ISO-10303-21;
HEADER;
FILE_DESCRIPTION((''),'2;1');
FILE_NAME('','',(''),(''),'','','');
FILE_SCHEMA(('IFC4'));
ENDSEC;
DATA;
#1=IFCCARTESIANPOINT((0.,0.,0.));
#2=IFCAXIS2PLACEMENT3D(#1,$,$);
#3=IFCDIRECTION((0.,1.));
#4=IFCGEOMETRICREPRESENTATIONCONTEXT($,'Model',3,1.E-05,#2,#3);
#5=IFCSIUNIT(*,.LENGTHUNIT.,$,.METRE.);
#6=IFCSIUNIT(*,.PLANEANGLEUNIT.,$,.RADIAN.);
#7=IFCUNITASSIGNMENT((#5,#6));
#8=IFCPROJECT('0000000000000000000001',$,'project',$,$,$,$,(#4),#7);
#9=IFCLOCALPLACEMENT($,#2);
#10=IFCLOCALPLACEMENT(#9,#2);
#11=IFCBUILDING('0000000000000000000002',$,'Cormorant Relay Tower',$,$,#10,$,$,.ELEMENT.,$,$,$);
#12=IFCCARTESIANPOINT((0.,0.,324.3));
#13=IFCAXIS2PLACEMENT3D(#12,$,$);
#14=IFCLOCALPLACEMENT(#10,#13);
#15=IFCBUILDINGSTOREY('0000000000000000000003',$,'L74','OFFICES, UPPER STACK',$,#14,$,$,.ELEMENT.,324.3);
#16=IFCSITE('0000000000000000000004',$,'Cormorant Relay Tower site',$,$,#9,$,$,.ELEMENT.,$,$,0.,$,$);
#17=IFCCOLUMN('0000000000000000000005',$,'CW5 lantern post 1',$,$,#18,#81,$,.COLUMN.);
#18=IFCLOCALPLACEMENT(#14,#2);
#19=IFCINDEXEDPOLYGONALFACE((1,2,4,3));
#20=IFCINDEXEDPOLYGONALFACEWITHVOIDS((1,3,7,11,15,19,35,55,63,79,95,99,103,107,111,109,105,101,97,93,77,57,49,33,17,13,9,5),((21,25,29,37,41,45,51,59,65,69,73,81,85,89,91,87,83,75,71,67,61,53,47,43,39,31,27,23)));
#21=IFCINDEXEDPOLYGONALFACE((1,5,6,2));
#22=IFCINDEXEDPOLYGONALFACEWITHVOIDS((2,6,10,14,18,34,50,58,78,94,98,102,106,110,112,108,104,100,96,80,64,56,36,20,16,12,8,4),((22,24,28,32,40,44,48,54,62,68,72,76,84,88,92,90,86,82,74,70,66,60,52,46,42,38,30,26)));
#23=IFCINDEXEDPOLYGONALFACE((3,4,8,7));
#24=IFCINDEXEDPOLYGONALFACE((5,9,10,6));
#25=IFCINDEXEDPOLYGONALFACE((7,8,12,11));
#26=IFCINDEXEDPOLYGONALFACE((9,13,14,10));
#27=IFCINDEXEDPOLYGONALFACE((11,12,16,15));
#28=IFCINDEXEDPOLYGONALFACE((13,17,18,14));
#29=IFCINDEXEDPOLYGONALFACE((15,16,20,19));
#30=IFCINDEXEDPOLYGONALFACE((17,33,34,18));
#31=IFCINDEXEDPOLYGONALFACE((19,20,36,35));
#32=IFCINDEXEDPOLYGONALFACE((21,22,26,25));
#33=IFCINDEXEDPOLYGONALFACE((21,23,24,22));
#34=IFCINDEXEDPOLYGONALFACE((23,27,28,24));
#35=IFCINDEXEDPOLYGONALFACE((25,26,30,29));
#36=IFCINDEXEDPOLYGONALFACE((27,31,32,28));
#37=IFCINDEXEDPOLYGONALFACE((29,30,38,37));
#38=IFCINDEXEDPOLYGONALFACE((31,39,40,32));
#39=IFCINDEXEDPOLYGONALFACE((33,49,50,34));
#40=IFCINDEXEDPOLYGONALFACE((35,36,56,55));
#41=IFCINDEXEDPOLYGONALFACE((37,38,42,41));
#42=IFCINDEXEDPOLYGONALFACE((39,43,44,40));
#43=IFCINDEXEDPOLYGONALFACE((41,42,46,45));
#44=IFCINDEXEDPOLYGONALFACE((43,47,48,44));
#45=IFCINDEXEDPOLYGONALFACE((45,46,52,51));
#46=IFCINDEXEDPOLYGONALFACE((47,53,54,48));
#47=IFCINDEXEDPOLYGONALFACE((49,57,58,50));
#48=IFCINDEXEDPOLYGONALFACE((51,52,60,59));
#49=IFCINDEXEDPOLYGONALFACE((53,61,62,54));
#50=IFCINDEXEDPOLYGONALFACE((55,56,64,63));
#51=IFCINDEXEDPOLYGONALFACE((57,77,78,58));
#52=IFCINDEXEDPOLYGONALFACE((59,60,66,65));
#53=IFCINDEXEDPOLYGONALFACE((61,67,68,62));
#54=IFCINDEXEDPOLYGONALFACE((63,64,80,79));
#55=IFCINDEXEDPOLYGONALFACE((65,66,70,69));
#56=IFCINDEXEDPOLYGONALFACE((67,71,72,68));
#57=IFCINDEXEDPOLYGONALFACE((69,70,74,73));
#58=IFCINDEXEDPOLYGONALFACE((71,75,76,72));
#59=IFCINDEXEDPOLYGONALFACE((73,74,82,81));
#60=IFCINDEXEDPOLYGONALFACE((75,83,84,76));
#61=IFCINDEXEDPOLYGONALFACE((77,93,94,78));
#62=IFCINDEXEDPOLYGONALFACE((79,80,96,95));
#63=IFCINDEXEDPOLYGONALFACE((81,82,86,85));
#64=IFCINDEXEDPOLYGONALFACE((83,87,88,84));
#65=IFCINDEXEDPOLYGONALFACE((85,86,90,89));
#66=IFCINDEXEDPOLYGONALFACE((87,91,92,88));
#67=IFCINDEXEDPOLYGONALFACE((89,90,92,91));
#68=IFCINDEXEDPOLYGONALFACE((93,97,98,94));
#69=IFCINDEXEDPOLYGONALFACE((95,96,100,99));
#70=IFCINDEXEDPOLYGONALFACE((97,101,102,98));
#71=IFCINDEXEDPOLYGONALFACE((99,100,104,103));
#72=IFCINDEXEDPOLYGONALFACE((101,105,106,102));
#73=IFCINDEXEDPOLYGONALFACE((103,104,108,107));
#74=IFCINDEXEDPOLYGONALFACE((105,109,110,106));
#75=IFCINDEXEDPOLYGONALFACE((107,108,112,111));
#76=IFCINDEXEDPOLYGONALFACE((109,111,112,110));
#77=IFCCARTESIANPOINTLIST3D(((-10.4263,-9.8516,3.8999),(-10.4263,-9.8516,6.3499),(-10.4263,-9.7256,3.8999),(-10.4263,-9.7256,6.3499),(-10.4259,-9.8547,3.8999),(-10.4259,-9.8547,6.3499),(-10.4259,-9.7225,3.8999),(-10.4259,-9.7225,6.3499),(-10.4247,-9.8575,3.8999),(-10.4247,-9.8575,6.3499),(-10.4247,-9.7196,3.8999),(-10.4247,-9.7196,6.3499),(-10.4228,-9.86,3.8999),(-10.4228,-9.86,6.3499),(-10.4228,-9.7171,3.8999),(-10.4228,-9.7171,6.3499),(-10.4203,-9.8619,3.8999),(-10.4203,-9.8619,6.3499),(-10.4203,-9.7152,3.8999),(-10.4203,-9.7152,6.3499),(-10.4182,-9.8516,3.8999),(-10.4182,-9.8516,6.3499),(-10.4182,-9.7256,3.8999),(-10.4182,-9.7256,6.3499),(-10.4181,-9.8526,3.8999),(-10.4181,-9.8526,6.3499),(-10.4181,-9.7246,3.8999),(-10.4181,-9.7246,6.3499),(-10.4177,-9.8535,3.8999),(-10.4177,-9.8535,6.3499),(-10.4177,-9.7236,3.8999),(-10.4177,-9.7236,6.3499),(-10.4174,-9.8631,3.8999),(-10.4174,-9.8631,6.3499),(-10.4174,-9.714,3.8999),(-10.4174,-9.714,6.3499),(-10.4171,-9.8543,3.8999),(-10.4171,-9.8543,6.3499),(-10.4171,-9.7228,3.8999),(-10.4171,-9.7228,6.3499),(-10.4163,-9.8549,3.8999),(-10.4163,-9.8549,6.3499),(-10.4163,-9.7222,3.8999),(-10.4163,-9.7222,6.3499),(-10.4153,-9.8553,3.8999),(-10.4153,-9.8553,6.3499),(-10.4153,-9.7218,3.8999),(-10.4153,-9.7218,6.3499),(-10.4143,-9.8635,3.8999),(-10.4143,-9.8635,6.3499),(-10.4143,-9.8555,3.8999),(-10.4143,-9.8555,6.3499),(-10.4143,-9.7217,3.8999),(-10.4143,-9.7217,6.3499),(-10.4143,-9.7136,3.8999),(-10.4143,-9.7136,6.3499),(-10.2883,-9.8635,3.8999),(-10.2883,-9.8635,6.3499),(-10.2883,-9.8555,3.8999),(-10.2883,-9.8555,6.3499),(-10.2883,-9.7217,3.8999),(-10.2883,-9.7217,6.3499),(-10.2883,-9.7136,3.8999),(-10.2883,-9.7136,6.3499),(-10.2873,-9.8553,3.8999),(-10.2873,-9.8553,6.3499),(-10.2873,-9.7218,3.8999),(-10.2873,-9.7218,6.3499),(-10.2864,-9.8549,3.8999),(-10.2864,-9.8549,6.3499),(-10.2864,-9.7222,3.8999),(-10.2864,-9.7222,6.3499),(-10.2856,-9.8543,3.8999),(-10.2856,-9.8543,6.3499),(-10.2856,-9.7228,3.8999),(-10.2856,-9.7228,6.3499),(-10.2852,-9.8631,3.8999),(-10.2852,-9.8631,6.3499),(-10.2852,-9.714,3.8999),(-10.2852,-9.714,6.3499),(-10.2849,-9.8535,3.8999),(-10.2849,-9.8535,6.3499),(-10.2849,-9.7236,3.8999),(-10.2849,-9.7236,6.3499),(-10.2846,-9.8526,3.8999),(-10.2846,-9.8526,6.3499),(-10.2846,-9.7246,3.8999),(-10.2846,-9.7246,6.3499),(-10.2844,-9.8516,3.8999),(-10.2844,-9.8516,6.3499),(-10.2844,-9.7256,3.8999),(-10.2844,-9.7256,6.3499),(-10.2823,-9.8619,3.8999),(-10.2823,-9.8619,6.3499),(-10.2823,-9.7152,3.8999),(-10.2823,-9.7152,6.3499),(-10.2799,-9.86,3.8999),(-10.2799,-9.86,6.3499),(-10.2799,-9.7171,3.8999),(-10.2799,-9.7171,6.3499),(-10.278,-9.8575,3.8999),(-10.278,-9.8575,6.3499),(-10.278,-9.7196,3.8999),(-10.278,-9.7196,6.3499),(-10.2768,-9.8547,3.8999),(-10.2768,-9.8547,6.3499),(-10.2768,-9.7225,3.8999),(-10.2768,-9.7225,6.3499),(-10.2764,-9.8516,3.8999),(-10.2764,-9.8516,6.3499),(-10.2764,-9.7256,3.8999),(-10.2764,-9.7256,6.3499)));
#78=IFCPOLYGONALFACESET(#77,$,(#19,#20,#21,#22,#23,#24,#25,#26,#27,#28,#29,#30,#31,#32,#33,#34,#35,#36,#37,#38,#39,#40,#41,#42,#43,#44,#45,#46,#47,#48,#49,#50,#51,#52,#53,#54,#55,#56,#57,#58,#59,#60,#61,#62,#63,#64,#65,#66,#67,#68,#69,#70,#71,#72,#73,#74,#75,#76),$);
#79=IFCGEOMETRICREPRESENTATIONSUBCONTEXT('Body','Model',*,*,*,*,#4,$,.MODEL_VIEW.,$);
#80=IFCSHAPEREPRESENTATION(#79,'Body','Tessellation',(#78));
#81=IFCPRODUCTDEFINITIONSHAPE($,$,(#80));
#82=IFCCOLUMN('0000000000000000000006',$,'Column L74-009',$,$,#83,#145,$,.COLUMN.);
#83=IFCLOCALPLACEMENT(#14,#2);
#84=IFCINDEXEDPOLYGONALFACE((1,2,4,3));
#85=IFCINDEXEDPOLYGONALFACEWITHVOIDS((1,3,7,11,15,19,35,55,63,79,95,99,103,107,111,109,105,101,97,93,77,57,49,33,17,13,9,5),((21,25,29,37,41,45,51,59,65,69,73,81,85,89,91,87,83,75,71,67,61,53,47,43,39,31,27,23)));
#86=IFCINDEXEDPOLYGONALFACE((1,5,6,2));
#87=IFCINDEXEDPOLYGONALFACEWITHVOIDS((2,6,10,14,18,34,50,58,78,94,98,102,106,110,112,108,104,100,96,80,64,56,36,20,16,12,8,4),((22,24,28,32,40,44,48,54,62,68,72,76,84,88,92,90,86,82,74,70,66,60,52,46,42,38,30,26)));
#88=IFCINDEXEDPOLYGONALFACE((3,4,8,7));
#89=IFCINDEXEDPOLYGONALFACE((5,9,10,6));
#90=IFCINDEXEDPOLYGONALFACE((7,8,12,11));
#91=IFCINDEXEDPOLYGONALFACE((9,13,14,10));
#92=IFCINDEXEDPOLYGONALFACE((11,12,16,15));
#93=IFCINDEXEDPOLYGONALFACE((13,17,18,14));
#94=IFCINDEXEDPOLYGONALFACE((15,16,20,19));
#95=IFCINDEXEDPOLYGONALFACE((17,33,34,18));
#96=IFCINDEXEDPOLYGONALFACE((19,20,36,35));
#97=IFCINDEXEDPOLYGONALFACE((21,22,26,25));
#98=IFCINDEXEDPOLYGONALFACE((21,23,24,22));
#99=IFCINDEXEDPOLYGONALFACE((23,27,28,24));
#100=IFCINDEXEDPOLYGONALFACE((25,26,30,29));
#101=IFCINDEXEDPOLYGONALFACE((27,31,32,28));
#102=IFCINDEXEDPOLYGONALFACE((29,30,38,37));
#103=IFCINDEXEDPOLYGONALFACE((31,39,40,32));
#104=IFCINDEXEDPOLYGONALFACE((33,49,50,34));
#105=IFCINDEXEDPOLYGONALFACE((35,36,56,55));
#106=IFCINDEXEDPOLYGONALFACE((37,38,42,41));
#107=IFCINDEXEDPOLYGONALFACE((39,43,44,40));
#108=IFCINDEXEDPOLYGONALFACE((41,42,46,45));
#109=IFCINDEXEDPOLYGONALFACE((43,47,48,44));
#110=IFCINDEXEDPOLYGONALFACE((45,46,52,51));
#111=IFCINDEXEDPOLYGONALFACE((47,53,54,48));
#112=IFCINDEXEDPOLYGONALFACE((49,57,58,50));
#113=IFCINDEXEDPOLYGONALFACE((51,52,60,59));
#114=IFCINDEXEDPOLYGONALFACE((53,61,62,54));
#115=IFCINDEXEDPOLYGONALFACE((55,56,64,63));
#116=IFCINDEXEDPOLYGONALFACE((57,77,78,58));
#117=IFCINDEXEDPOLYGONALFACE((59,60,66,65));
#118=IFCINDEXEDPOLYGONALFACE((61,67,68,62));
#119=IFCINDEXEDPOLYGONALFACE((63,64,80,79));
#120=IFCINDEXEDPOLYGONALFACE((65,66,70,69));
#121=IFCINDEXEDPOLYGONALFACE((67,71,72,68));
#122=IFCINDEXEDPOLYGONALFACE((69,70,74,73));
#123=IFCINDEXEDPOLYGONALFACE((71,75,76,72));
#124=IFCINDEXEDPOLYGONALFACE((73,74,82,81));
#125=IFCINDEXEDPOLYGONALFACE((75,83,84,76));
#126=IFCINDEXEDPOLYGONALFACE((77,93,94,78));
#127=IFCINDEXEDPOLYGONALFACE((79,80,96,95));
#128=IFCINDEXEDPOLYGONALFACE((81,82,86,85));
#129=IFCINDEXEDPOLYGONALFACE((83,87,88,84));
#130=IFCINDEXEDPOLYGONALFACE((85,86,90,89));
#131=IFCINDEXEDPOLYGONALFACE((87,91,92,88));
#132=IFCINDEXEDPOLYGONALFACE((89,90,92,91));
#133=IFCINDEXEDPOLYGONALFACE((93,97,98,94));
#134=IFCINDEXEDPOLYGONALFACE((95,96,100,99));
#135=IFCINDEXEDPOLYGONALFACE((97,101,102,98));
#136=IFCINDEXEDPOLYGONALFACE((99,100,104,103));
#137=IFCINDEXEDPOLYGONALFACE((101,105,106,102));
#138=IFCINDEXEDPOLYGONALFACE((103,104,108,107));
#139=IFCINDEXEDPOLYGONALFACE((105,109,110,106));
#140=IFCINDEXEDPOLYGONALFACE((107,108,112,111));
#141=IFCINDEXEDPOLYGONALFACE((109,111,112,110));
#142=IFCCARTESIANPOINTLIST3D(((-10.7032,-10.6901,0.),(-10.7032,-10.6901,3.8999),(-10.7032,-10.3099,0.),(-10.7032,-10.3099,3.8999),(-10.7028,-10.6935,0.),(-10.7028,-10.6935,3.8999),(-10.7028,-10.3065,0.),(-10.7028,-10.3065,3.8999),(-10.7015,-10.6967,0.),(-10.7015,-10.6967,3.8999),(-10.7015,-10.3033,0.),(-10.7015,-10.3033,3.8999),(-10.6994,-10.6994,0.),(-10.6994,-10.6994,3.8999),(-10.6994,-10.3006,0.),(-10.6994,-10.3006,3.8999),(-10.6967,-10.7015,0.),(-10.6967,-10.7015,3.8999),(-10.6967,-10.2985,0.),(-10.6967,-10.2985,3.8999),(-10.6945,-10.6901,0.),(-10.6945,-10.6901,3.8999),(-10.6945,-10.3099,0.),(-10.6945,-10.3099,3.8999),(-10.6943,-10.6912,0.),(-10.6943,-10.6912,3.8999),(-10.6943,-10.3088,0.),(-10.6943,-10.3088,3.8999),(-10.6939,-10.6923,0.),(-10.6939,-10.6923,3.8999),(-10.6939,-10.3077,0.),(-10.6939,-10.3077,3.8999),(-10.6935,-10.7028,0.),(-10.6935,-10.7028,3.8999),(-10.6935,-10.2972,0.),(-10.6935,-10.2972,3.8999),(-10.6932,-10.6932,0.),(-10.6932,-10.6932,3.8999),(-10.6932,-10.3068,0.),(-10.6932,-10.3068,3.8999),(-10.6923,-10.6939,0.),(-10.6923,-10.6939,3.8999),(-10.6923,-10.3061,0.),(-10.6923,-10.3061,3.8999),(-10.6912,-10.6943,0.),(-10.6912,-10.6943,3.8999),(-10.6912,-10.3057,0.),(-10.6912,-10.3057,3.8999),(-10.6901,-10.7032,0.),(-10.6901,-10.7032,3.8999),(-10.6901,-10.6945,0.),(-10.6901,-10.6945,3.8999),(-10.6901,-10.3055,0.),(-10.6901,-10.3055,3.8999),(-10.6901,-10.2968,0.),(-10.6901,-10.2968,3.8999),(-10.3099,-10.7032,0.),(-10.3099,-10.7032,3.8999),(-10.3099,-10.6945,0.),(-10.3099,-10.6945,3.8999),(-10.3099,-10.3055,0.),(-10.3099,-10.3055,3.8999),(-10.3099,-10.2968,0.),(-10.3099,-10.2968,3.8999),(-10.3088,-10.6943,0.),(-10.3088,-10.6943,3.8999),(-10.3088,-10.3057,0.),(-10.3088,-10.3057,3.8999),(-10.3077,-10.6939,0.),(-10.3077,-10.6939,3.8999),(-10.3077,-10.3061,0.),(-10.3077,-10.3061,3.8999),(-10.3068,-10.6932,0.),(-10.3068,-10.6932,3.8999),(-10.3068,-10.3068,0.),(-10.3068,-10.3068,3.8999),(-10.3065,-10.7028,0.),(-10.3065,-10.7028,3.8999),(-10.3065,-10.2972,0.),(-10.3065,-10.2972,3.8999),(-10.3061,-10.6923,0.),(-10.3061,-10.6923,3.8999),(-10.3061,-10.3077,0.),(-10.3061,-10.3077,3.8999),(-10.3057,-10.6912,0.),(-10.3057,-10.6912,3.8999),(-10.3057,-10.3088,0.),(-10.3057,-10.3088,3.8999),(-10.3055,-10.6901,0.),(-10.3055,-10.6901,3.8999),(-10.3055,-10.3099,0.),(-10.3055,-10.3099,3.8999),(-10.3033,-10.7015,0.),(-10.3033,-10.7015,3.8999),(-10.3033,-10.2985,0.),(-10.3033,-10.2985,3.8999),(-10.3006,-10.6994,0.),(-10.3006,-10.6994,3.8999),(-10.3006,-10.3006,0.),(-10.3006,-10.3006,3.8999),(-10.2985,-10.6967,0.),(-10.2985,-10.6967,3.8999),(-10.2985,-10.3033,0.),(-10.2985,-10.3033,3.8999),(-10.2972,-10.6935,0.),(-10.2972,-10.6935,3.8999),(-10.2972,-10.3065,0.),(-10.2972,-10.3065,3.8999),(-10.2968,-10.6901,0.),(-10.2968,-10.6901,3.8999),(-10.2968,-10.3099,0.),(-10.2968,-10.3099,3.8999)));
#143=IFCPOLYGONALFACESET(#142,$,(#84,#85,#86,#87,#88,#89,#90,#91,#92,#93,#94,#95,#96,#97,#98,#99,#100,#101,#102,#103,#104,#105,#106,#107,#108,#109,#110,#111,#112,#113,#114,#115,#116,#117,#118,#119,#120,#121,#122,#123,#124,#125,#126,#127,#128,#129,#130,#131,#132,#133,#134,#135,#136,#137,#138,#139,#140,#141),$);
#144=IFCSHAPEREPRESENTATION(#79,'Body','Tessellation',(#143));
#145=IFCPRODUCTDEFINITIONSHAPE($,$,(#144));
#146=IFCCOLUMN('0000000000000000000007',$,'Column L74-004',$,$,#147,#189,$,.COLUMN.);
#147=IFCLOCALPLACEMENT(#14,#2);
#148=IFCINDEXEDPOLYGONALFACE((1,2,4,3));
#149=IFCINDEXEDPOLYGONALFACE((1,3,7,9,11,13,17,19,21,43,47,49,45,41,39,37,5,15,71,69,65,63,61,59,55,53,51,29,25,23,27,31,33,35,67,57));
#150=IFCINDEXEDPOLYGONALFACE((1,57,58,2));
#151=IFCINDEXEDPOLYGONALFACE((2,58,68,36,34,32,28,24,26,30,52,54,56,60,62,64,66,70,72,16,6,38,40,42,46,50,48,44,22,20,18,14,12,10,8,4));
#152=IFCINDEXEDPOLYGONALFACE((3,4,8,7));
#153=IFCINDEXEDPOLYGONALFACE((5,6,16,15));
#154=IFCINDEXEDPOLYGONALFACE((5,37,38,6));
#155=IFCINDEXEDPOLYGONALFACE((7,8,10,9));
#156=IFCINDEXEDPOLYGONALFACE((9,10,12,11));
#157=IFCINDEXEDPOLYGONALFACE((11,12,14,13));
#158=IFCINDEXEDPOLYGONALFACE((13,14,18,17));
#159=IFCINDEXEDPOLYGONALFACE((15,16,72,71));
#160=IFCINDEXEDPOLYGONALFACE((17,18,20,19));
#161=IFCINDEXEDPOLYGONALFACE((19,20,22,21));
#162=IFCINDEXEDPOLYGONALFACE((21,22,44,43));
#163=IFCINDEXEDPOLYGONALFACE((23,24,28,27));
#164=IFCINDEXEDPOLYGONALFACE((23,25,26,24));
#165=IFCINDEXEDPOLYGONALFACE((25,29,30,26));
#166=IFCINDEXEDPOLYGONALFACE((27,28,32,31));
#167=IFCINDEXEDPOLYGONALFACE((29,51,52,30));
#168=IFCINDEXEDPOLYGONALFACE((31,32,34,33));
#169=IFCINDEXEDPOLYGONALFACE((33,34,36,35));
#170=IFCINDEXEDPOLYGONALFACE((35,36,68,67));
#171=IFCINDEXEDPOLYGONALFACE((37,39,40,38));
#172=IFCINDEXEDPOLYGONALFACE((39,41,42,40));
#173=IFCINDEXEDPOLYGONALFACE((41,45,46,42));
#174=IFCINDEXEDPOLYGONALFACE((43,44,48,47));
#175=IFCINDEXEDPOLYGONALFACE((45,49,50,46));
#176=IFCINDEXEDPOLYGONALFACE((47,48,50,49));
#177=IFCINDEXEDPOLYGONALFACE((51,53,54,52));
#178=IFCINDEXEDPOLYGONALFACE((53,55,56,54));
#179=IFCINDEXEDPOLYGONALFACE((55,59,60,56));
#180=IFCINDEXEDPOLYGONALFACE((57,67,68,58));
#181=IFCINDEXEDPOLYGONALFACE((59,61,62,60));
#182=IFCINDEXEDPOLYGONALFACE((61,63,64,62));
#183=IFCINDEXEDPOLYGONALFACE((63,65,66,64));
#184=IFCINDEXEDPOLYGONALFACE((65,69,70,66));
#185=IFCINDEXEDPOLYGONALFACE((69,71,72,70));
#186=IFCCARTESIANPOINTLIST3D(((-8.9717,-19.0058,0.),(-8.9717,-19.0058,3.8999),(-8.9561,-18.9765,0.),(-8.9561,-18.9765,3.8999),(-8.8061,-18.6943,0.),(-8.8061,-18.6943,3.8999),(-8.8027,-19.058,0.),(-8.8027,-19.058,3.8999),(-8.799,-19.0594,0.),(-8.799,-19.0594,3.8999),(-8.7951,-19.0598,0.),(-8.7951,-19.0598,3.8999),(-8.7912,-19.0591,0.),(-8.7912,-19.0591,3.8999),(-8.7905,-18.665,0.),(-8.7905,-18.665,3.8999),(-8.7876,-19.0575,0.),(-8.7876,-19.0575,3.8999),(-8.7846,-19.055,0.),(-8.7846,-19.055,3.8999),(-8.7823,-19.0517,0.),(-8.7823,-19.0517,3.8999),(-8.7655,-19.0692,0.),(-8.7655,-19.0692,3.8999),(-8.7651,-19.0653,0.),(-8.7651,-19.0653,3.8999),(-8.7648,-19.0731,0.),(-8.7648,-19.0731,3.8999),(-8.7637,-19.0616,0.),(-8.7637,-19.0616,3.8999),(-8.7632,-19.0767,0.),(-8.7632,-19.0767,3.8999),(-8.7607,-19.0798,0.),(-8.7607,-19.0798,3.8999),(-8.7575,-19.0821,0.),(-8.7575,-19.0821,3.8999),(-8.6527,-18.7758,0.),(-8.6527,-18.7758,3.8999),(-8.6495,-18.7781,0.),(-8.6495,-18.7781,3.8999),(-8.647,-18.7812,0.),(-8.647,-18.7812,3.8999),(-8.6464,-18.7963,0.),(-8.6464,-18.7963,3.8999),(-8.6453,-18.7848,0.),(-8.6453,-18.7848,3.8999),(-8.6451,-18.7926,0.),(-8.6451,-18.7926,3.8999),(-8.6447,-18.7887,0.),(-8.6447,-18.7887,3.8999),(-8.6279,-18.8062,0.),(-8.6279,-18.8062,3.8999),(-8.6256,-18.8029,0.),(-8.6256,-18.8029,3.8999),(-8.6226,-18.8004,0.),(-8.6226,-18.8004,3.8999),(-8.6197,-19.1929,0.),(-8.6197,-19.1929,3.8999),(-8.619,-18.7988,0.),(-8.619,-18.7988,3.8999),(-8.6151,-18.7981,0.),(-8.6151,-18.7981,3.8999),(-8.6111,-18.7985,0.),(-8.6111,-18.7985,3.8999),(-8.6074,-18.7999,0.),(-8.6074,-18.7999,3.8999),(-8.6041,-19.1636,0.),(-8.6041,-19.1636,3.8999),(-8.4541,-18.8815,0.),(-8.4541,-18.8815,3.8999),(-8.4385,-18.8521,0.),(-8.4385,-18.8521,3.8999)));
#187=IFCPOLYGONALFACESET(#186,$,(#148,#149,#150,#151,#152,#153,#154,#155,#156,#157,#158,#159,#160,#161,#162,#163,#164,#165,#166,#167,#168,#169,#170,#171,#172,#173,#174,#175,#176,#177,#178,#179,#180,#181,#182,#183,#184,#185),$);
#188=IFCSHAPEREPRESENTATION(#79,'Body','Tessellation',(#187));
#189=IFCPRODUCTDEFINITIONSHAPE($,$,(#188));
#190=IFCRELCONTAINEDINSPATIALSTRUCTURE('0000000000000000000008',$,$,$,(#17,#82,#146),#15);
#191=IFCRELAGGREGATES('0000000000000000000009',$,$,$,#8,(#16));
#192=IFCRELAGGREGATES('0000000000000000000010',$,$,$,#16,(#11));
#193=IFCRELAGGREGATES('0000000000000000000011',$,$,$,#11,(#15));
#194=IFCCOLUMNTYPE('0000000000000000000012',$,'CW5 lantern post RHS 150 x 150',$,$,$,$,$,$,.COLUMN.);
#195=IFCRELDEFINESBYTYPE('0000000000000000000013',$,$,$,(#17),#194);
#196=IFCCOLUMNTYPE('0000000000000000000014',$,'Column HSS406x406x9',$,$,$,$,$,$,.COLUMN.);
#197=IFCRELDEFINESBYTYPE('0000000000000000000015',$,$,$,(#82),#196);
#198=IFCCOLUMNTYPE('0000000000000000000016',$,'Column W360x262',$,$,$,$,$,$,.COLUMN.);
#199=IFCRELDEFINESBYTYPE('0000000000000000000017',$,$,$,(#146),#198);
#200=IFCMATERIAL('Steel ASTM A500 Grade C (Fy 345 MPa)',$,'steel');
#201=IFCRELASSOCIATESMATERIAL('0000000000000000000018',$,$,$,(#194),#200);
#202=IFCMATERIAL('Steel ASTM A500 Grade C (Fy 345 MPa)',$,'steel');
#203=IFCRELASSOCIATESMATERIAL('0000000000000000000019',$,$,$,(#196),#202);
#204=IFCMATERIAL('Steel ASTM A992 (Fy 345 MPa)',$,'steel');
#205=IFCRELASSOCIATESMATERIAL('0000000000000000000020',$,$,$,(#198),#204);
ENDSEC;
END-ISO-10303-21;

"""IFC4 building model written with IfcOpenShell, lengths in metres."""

from ifc_helpers import new_model, si_unit, direction, frame, origin, origin_2d, place, context, subcontext, project, spatial, hollow_rectangle, i_section, extrude, material, material_profile, profile_set, type_object, element, save


model = new_model("IFC4")

# Units and contexts
model_context = context("Model", 3, precision=1e-05, world=origin(), true_north=direction((0.0, 1.0)))
body_context = subcontext(model_context, "Body", "Model", "MODEL_VIEW")
ifc_project = project(units=[si_unit("LENGTHUNIT", "METRE"), si_unit("PLANEANGLEUNIT", "RADIAN")], contexts=[model_context])

# Site, building, storey
site_placement = place(None, origin())
site = spatial("IfcSite", under=ifc_project, at=site_placement, Name="Cormorant Relay Tower site", CompositionType="ELEMENT", RefElevation=0.0)
building_placement = place(site_placement, origin())
building = spatial("IfcBuilding", under=site, at=building_placement, Name="Cormorant Relay Tower", CompositionType="ELEMENT")
storey_placement = place(building_placement, frame((0.0, 0.0, 324.3)))
storey = spatial("IfcBuildingStorey", under=building, at=storey_placement, Name="L74", Description="OFFICES, UPPER STACK", CompositionType="ELEMENT", Elevation=324.3)

# Columns
ifc_material_1 = material(Name="Steel ASTM A500 Grade C (Fy 345 MPa)", Category="steel")
ifc_material_profile_1 = material_profile(ifc_material_1, hollow_rectangle(XDim=0.1499, YDim=0.1499, WallThickness=0.0081, InnerFilletRadius=0.0039, OuterFilletRadius=0.012, at=origin_2d()), Name="RHS150x150x8")
ifc_profile_set_1 = profile_set([ifc_material_profile_1], Name="Steel ASTM A500 Grade C (Fy 345 MPa)")
column_type_1 = type_object("IfcColumnType", Name="CW5 lantern post RHS 150 x 150", PredefinedType="COLUMN", material=ifc_profile_set_1)
column_1_placement = place(storey_placement, frame((-10.3513, -9.7886, 3.8999), z_axis=(0.0, 0.0, 1.0), x_axis=(1.0, 0.0, 0.0)))
element("IfcColumn", 1, at=column_1_placement, inside=storey, type_object=column_type_1, Name="CW5 lantern post 1", PredefinedType="COLUMN", context=body_context, shape_type="SweptSolid", body=[
    extrude(hollow_rectangle(XDim=0.1499, YDim=0.1499, WallThickness=0.0081, InnerFilletRadius=0.0039, OuterFilletRadius=0.012, at=origin_2d()), origin(), (0.0, 0.0, 1.0), 2.45),
])
ifc_material_2 = material(Name="Steel ASTM A500 Grade C (Fy 345 MPa)", Category="steel")
ifc_material_profile_2 = material_profile(ifc_material_2, hollow_rectangle(XDim=0.4065, YDim=0.4065, WallThickness=0.0088, InnerFilletRadius=0.0044, OuterFilletRadius=0.0132, at=origin_2d()), Name="HSS406x406x9")
ifc_profile_set_2 = profile_set([ifc_material_profile_2], Name="Steel ASTM A500 Grade C (Fy 345 MPa)")
column_type_2 = type_object("IfcColumnType", Name="Column HSS406x406x9", PredefinedType="COLUMN", material=ifc_profile_set_2)
column_2_placement = place(storey_placement, frame((-10.5, -10.5, 0.0), z_axis=(0.0, 0.0, 1.0), x_axis=(1.0, 0.0, 0.0)))
element("IfcColumn", 2, at=column_2_placement, inside=storey, type_object=column_type_2, Name="Column L74-009", PredefinedType="COLUMN", context=body_context, shape_type="SweptSolid", body=[
    extrude(hollow_rectangle(XDim=0.4065, YDim=0.4065, WallThickness=0.0088, InnerFilletRadius=0.0044, OuterFilletRadius=0.0132, at=origin_2d()), origin(), (0.0, 0.0, 1.0), 3.8999),
])
ifc_material_3 = material(Name="Steel ASTM A992 (Fy 345 MPa)", Category="steel")
ifc_material_profile_3 = material_profile(ifc_material_3, i_section(OverallWidth=0.3987, OverallDepth=0.386, WebThickness=0.021, FlangeThickness=0.0332, FilletRadius=0.0151, at=origin_2d()), Name="W360x262")
ifc_profile_set_3 = profile_set([ifc_material_profile_3], Name="Steel ASTM A992 (Fy 345 MPa)")
column_type_3 = type_object("IfcColumnType", Name="Column W360x262", PredefinedType="COLUMN", material=ifc_profile_set_3)
column_3_placement = place(storey_placement, frame((-8.7051, -18.929, 0.0), z_axis=(0.0, 0.0, 1.0), x_axis=(0.882948, -0.469472, 0.0)))
element("IfcColumn", 3, at=column_3_placement, inside=storey, type_object=column_type_3, Name="Column L74-004", PredefinedType="COLUMN", context=body_context, shape_type="SweptSolid", body=[
    extrude(i_section(OverallWidth=0.3987, OverallDepth=0.386, WebThickness=0.021, FlangeThickness=0.0332, FilletRadius=0.0151, at=origin_2d()), origin(), (0.0, 0.0, 1.0), 3.8999),
])

save(model, "model.ifc")
